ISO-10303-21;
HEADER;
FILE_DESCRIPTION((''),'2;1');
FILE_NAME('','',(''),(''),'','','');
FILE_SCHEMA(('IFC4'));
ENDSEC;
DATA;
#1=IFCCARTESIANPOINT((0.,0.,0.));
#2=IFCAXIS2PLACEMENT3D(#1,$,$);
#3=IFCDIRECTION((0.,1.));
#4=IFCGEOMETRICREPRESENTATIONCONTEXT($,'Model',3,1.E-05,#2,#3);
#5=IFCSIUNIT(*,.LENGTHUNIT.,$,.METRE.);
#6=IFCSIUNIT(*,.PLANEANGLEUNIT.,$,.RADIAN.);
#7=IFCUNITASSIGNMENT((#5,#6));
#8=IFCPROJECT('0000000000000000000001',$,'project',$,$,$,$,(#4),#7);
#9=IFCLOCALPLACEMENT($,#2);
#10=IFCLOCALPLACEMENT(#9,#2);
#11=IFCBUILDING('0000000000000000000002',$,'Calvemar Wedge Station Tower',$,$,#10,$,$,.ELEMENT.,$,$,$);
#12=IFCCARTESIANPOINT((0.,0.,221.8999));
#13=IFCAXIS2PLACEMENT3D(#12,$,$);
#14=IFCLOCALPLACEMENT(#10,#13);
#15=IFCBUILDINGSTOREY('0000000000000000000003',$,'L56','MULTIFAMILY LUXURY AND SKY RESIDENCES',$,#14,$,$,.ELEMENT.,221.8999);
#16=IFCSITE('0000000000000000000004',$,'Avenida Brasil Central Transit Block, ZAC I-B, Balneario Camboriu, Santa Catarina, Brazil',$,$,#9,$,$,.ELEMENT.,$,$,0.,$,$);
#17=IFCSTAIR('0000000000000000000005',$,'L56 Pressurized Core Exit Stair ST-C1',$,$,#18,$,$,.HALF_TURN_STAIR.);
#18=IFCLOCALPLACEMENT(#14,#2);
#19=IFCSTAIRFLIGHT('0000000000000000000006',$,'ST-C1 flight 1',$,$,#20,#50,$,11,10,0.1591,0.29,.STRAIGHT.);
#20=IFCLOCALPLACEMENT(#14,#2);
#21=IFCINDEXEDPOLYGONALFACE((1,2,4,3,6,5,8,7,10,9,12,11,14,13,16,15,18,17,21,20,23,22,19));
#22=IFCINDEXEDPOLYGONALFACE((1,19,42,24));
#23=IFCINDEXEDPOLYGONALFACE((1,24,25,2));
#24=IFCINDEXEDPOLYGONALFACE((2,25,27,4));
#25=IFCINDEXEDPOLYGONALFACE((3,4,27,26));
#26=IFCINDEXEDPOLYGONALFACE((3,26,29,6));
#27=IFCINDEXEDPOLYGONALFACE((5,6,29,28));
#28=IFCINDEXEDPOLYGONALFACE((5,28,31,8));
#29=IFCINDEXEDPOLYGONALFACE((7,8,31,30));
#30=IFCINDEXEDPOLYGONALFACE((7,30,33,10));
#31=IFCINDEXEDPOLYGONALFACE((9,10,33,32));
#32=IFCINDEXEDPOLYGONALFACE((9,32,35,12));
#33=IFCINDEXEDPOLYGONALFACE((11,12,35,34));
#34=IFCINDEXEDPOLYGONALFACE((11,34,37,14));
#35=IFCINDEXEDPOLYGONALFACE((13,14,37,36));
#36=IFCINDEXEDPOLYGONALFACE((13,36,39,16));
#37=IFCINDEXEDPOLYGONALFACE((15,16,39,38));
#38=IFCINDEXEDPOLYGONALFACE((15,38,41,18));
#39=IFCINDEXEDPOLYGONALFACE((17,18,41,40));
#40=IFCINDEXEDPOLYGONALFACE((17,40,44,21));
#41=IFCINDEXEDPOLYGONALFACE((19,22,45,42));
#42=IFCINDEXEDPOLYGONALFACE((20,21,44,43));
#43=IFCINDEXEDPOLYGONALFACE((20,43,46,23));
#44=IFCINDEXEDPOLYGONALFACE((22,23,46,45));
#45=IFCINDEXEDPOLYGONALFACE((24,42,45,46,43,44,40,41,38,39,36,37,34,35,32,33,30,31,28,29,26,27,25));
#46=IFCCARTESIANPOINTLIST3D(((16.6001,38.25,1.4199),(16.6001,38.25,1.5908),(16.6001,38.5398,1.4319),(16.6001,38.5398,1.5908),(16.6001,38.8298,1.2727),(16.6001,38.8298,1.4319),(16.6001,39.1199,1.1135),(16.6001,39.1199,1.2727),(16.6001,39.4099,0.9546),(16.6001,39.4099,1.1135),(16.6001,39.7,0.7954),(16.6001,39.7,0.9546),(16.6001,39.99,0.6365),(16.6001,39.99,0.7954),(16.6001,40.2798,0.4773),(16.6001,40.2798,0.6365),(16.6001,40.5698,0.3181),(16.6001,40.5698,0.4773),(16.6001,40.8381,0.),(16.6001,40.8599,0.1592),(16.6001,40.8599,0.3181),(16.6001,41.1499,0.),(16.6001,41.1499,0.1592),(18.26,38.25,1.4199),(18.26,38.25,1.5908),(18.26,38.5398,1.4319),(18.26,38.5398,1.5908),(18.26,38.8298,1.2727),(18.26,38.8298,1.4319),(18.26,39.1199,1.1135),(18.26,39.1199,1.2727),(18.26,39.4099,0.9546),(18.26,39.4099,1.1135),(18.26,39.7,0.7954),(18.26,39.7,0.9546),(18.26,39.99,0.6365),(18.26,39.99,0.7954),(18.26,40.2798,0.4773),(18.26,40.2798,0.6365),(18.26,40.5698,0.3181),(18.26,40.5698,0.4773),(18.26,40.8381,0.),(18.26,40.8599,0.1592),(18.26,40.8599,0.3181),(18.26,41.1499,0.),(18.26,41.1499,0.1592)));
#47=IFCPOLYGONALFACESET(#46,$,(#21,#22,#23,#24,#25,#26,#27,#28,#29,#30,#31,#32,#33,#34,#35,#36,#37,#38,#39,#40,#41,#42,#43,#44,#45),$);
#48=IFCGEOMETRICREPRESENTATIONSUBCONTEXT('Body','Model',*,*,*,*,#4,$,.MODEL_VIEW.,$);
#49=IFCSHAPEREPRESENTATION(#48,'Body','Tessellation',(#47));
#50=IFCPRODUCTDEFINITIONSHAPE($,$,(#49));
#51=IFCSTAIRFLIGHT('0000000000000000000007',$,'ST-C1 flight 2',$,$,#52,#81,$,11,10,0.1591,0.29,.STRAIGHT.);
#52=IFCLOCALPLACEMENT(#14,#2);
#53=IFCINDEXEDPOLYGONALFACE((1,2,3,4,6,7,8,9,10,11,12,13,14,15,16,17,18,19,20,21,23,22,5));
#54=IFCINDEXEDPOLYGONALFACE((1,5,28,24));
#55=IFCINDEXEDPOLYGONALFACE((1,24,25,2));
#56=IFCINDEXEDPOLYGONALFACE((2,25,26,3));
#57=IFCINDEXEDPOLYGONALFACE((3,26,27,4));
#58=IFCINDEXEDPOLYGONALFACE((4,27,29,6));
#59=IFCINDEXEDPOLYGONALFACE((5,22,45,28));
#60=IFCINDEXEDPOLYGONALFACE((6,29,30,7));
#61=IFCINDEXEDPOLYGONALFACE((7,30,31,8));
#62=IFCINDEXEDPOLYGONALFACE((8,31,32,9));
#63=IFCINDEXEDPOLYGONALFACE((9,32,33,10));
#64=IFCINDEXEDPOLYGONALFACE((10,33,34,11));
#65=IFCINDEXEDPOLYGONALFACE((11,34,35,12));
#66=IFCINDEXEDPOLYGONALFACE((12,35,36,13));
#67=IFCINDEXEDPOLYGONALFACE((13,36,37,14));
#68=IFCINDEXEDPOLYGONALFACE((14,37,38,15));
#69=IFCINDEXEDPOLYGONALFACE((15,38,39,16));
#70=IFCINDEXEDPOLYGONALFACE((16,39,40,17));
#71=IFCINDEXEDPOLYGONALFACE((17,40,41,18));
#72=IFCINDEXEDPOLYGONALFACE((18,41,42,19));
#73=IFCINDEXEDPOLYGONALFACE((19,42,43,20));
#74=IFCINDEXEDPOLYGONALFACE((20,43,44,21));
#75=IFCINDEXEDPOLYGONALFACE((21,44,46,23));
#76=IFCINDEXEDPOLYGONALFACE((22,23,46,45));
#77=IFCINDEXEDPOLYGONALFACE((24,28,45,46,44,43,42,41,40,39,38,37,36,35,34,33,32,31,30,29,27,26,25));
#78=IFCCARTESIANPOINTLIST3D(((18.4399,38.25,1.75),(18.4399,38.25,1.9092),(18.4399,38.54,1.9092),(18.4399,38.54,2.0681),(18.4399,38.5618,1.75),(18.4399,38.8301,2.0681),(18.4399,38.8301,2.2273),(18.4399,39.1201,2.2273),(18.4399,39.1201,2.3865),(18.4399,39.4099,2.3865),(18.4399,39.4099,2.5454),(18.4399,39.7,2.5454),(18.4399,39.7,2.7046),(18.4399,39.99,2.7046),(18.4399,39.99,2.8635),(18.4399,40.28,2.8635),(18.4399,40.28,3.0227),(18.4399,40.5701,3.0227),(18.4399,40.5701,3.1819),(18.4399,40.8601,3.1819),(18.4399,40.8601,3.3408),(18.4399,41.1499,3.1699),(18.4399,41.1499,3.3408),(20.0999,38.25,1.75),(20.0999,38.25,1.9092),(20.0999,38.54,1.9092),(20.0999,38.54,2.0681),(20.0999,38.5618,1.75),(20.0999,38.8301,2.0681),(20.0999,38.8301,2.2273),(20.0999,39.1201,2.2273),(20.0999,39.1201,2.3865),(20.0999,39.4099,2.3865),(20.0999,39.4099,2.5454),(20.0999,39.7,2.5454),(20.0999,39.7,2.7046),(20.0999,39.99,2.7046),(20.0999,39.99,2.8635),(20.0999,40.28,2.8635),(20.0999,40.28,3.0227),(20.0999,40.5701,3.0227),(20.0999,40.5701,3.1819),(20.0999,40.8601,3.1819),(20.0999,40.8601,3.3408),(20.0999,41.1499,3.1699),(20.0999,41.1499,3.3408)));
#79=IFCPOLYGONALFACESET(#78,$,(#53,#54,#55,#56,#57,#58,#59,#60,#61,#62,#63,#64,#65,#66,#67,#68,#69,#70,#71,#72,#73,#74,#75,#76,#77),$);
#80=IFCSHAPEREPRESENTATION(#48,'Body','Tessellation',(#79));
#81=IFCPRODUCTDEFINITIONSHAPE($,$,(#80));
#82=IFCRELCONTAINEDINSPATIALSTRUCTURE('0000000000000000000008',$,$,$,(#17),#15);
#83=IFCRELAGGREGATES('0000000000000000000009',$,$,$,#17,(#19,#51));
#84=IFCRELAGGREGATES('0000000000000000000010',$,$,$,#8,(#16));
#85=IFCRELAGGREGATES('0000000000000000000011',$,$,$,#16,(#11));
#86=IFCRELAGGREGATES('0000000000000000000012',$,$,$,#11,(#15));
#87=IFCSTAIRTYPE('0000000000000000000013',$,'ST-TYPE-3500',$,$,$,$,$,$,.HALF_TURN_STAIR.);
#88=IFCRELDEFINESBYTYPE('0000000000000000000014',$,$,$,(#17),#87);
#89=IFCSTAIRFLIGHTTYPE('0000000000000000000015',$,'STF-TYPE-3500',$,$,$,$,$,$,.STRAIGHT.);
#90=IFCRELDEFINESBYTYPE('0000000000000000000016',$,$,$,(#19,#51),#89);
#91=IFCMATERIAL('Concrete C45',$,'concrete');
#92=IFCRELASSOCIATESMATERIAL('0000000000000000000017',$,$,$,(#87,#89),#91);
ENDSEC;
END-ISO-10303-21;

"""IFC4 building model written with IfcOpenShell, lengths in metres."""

from ifc_helpers import new_model, si_unit, direction, frame, origin, place, context, subcontext, project, spatial, polyline, outline, extrude, material, type_object, element, aggregate, save


model = new_model("IFC4")

# Units and contexts
model_context = context("Model", 3, precision=1e-05, world=origin(), true_north=direction((0.0, 1.0)))
body_context = subcontext(model_context, "Body", "Model", "MODEL_VIEW")
ifc_project = project(units=[si_unit("LENGTHUNIT", "METRE"), si_unit("PLANEANGLEUNIT", "RADIAN")], contexts=[model_context])

# Site, building, storey
site_placement = place(None, origin())
site = spatial("IfcSite", under=ifc_project, at=site_placement, Name="Avenida Brasil Central Transit Block, ZAC I-B, Balneario Camboriu, Santa Catarina, Brazil", CompositionType="ELEMENT", RefElevation=0.0)
building_placement = place(site_placement, origin())
building = spatial("IfcBuilding", under=site, at=building_placement, Name="Calvemar Wedge Station Tower", CompositionType="ELEMENT")
storey_placement = place(building_placement, frame((0.0, 0.0, 221.8999)))
storey = spatial("IfcBuildingStorey", under=building, at=storey_placement, Name="L56", Description="MULTIFAMILY LUXURY AND SKY RESIDENCES", CompositionType="ELEMENT", Elevation=221.8999)

# Stair, stair flights
ifc_material_1 = material(Name="Concrete C45", Category="concrete")
stair_type = type_object("IfcStairType", Name="ST-TYPE-3500", PredefinedType="HALF_TURN_STAIR", material=ifc_material_1)
stair_placement = place(storey_placement, origin())
stair = element("IfcStair", 1, at=stair_placement, inside=storey, type_object=stair_type, Name="L56 Pressurized Core Exit Stair ST-C1", PredefinedType="HALF_TURN_STAIR")
stair_flight_type = type_object("IfcStairFlightType", Name="STF-TYPE-3500", PredefinedType="STRAIGHT", material=ifc_material_1)
stair_flight_1_placement = place(storey_placement, frame((17.4299, 41.1499, 0.0), z_axis=(0.0, 0.0, 1.0), x_axis=(0.0, -1.0, 0.0)))
stair_flight_1 = element("IfcStairFlight", 2, at=stair_flight_1_placement, type_object=stair_flight_type, Name="ST-C1 flight 1", NumberOfRisers=11, NumberOfTreads=10, PredefinedType="STRAIGHT", RiserHeight=0.1591, TreadLength=0.29, context=body_context, shape_type="SweptSolid", body=[
    extrude(outline(polyline([(0.0, 0.0), (0.0, 0.1592), (0.29, 0.1592), (0.29, 0.3181), (0.5801, 0.3181), (0.5801, 0.4773), (0.8701, 0.4773), (0.8701, 0.6365), (1.1599, 0.6365), (1.1599, 0.7954), (1.45, 0.7954), (1.45, 0.9546), (1.74, 0.9546), (1.74, 1.1135), (2.03, 1.1135), (2.03, 1.2727), (2.3201, 1.2727), (2.3201, 1.4319), (2.6101, 1.4319), (2.6101, 1.5908), (2.8999, 1.5908), (2.8999, 1.75), (2.8999, 1.4199), (0.3118, 0.0), (0.0, 0.0)])), frame((0.0, 0.8301, 0.0), z_axis=(0.0, -1.0, 0.0), x_axis=(1.0, 0.0, 0.0)), (0.0, 0.0, 1.0), 1.6599),
])
stair_flight_2_placement = place(storey_placement, frame((19.27, 38.25, 1.75), z_axis=(0.0, 0.0, 1.0), x_axis=(0.0, 1.0, 0.0)))
stair_flight_2 = element("IfcStairFlight", 3, at=stair_flight_2_placement, type_object=stair_flight_type, Name="ST-C1 flight 2", NumberOfRisers=11, NumberOfTreads=10, PredefinedType="STRAIGHT", RiserHeight=0.1591, TreadLength=0.29, context=body_context, shape_type="SweptSolid", body=[
    extrude(outline(polyline([(0.0, 0.0), (0.0, 0.1592), (0.29, 0.1592), (0.29, 0.3181), (0.5801, 0.3181), (0.5801, 0.4773), (0.8701, 0.4773), (0.8701, 0.6365), (1.1599, 0.6365), (1.1599, 0.7954), (1.45, 0.7954), (1.45, 0.9546), (1.74, 0.9546), (1.74, 1.1135), (2.03, 1.1135), (2.03, 1.2727), (2.3201, 1.2727), (2.3201, 1.4319), (2.6101, 1.4319), (2.6101, 1.5908), (2.8999, 1.5908), (2.8999, 1.75), (2.8999, 1.4199), (0.3118, 0.0), (0.0, 0.0)])), frame((0.0, 0.8301, 0.0), z_axis=(0.0, -1.0, 0.0), x_axis=(1.0, 0.0, 0.0)), (0.0, 0.0, 1.0), 1.6599),
])
aggregate(stair, [stair_flight_1, stair_flight_2])

save(model, "model.ifc")
